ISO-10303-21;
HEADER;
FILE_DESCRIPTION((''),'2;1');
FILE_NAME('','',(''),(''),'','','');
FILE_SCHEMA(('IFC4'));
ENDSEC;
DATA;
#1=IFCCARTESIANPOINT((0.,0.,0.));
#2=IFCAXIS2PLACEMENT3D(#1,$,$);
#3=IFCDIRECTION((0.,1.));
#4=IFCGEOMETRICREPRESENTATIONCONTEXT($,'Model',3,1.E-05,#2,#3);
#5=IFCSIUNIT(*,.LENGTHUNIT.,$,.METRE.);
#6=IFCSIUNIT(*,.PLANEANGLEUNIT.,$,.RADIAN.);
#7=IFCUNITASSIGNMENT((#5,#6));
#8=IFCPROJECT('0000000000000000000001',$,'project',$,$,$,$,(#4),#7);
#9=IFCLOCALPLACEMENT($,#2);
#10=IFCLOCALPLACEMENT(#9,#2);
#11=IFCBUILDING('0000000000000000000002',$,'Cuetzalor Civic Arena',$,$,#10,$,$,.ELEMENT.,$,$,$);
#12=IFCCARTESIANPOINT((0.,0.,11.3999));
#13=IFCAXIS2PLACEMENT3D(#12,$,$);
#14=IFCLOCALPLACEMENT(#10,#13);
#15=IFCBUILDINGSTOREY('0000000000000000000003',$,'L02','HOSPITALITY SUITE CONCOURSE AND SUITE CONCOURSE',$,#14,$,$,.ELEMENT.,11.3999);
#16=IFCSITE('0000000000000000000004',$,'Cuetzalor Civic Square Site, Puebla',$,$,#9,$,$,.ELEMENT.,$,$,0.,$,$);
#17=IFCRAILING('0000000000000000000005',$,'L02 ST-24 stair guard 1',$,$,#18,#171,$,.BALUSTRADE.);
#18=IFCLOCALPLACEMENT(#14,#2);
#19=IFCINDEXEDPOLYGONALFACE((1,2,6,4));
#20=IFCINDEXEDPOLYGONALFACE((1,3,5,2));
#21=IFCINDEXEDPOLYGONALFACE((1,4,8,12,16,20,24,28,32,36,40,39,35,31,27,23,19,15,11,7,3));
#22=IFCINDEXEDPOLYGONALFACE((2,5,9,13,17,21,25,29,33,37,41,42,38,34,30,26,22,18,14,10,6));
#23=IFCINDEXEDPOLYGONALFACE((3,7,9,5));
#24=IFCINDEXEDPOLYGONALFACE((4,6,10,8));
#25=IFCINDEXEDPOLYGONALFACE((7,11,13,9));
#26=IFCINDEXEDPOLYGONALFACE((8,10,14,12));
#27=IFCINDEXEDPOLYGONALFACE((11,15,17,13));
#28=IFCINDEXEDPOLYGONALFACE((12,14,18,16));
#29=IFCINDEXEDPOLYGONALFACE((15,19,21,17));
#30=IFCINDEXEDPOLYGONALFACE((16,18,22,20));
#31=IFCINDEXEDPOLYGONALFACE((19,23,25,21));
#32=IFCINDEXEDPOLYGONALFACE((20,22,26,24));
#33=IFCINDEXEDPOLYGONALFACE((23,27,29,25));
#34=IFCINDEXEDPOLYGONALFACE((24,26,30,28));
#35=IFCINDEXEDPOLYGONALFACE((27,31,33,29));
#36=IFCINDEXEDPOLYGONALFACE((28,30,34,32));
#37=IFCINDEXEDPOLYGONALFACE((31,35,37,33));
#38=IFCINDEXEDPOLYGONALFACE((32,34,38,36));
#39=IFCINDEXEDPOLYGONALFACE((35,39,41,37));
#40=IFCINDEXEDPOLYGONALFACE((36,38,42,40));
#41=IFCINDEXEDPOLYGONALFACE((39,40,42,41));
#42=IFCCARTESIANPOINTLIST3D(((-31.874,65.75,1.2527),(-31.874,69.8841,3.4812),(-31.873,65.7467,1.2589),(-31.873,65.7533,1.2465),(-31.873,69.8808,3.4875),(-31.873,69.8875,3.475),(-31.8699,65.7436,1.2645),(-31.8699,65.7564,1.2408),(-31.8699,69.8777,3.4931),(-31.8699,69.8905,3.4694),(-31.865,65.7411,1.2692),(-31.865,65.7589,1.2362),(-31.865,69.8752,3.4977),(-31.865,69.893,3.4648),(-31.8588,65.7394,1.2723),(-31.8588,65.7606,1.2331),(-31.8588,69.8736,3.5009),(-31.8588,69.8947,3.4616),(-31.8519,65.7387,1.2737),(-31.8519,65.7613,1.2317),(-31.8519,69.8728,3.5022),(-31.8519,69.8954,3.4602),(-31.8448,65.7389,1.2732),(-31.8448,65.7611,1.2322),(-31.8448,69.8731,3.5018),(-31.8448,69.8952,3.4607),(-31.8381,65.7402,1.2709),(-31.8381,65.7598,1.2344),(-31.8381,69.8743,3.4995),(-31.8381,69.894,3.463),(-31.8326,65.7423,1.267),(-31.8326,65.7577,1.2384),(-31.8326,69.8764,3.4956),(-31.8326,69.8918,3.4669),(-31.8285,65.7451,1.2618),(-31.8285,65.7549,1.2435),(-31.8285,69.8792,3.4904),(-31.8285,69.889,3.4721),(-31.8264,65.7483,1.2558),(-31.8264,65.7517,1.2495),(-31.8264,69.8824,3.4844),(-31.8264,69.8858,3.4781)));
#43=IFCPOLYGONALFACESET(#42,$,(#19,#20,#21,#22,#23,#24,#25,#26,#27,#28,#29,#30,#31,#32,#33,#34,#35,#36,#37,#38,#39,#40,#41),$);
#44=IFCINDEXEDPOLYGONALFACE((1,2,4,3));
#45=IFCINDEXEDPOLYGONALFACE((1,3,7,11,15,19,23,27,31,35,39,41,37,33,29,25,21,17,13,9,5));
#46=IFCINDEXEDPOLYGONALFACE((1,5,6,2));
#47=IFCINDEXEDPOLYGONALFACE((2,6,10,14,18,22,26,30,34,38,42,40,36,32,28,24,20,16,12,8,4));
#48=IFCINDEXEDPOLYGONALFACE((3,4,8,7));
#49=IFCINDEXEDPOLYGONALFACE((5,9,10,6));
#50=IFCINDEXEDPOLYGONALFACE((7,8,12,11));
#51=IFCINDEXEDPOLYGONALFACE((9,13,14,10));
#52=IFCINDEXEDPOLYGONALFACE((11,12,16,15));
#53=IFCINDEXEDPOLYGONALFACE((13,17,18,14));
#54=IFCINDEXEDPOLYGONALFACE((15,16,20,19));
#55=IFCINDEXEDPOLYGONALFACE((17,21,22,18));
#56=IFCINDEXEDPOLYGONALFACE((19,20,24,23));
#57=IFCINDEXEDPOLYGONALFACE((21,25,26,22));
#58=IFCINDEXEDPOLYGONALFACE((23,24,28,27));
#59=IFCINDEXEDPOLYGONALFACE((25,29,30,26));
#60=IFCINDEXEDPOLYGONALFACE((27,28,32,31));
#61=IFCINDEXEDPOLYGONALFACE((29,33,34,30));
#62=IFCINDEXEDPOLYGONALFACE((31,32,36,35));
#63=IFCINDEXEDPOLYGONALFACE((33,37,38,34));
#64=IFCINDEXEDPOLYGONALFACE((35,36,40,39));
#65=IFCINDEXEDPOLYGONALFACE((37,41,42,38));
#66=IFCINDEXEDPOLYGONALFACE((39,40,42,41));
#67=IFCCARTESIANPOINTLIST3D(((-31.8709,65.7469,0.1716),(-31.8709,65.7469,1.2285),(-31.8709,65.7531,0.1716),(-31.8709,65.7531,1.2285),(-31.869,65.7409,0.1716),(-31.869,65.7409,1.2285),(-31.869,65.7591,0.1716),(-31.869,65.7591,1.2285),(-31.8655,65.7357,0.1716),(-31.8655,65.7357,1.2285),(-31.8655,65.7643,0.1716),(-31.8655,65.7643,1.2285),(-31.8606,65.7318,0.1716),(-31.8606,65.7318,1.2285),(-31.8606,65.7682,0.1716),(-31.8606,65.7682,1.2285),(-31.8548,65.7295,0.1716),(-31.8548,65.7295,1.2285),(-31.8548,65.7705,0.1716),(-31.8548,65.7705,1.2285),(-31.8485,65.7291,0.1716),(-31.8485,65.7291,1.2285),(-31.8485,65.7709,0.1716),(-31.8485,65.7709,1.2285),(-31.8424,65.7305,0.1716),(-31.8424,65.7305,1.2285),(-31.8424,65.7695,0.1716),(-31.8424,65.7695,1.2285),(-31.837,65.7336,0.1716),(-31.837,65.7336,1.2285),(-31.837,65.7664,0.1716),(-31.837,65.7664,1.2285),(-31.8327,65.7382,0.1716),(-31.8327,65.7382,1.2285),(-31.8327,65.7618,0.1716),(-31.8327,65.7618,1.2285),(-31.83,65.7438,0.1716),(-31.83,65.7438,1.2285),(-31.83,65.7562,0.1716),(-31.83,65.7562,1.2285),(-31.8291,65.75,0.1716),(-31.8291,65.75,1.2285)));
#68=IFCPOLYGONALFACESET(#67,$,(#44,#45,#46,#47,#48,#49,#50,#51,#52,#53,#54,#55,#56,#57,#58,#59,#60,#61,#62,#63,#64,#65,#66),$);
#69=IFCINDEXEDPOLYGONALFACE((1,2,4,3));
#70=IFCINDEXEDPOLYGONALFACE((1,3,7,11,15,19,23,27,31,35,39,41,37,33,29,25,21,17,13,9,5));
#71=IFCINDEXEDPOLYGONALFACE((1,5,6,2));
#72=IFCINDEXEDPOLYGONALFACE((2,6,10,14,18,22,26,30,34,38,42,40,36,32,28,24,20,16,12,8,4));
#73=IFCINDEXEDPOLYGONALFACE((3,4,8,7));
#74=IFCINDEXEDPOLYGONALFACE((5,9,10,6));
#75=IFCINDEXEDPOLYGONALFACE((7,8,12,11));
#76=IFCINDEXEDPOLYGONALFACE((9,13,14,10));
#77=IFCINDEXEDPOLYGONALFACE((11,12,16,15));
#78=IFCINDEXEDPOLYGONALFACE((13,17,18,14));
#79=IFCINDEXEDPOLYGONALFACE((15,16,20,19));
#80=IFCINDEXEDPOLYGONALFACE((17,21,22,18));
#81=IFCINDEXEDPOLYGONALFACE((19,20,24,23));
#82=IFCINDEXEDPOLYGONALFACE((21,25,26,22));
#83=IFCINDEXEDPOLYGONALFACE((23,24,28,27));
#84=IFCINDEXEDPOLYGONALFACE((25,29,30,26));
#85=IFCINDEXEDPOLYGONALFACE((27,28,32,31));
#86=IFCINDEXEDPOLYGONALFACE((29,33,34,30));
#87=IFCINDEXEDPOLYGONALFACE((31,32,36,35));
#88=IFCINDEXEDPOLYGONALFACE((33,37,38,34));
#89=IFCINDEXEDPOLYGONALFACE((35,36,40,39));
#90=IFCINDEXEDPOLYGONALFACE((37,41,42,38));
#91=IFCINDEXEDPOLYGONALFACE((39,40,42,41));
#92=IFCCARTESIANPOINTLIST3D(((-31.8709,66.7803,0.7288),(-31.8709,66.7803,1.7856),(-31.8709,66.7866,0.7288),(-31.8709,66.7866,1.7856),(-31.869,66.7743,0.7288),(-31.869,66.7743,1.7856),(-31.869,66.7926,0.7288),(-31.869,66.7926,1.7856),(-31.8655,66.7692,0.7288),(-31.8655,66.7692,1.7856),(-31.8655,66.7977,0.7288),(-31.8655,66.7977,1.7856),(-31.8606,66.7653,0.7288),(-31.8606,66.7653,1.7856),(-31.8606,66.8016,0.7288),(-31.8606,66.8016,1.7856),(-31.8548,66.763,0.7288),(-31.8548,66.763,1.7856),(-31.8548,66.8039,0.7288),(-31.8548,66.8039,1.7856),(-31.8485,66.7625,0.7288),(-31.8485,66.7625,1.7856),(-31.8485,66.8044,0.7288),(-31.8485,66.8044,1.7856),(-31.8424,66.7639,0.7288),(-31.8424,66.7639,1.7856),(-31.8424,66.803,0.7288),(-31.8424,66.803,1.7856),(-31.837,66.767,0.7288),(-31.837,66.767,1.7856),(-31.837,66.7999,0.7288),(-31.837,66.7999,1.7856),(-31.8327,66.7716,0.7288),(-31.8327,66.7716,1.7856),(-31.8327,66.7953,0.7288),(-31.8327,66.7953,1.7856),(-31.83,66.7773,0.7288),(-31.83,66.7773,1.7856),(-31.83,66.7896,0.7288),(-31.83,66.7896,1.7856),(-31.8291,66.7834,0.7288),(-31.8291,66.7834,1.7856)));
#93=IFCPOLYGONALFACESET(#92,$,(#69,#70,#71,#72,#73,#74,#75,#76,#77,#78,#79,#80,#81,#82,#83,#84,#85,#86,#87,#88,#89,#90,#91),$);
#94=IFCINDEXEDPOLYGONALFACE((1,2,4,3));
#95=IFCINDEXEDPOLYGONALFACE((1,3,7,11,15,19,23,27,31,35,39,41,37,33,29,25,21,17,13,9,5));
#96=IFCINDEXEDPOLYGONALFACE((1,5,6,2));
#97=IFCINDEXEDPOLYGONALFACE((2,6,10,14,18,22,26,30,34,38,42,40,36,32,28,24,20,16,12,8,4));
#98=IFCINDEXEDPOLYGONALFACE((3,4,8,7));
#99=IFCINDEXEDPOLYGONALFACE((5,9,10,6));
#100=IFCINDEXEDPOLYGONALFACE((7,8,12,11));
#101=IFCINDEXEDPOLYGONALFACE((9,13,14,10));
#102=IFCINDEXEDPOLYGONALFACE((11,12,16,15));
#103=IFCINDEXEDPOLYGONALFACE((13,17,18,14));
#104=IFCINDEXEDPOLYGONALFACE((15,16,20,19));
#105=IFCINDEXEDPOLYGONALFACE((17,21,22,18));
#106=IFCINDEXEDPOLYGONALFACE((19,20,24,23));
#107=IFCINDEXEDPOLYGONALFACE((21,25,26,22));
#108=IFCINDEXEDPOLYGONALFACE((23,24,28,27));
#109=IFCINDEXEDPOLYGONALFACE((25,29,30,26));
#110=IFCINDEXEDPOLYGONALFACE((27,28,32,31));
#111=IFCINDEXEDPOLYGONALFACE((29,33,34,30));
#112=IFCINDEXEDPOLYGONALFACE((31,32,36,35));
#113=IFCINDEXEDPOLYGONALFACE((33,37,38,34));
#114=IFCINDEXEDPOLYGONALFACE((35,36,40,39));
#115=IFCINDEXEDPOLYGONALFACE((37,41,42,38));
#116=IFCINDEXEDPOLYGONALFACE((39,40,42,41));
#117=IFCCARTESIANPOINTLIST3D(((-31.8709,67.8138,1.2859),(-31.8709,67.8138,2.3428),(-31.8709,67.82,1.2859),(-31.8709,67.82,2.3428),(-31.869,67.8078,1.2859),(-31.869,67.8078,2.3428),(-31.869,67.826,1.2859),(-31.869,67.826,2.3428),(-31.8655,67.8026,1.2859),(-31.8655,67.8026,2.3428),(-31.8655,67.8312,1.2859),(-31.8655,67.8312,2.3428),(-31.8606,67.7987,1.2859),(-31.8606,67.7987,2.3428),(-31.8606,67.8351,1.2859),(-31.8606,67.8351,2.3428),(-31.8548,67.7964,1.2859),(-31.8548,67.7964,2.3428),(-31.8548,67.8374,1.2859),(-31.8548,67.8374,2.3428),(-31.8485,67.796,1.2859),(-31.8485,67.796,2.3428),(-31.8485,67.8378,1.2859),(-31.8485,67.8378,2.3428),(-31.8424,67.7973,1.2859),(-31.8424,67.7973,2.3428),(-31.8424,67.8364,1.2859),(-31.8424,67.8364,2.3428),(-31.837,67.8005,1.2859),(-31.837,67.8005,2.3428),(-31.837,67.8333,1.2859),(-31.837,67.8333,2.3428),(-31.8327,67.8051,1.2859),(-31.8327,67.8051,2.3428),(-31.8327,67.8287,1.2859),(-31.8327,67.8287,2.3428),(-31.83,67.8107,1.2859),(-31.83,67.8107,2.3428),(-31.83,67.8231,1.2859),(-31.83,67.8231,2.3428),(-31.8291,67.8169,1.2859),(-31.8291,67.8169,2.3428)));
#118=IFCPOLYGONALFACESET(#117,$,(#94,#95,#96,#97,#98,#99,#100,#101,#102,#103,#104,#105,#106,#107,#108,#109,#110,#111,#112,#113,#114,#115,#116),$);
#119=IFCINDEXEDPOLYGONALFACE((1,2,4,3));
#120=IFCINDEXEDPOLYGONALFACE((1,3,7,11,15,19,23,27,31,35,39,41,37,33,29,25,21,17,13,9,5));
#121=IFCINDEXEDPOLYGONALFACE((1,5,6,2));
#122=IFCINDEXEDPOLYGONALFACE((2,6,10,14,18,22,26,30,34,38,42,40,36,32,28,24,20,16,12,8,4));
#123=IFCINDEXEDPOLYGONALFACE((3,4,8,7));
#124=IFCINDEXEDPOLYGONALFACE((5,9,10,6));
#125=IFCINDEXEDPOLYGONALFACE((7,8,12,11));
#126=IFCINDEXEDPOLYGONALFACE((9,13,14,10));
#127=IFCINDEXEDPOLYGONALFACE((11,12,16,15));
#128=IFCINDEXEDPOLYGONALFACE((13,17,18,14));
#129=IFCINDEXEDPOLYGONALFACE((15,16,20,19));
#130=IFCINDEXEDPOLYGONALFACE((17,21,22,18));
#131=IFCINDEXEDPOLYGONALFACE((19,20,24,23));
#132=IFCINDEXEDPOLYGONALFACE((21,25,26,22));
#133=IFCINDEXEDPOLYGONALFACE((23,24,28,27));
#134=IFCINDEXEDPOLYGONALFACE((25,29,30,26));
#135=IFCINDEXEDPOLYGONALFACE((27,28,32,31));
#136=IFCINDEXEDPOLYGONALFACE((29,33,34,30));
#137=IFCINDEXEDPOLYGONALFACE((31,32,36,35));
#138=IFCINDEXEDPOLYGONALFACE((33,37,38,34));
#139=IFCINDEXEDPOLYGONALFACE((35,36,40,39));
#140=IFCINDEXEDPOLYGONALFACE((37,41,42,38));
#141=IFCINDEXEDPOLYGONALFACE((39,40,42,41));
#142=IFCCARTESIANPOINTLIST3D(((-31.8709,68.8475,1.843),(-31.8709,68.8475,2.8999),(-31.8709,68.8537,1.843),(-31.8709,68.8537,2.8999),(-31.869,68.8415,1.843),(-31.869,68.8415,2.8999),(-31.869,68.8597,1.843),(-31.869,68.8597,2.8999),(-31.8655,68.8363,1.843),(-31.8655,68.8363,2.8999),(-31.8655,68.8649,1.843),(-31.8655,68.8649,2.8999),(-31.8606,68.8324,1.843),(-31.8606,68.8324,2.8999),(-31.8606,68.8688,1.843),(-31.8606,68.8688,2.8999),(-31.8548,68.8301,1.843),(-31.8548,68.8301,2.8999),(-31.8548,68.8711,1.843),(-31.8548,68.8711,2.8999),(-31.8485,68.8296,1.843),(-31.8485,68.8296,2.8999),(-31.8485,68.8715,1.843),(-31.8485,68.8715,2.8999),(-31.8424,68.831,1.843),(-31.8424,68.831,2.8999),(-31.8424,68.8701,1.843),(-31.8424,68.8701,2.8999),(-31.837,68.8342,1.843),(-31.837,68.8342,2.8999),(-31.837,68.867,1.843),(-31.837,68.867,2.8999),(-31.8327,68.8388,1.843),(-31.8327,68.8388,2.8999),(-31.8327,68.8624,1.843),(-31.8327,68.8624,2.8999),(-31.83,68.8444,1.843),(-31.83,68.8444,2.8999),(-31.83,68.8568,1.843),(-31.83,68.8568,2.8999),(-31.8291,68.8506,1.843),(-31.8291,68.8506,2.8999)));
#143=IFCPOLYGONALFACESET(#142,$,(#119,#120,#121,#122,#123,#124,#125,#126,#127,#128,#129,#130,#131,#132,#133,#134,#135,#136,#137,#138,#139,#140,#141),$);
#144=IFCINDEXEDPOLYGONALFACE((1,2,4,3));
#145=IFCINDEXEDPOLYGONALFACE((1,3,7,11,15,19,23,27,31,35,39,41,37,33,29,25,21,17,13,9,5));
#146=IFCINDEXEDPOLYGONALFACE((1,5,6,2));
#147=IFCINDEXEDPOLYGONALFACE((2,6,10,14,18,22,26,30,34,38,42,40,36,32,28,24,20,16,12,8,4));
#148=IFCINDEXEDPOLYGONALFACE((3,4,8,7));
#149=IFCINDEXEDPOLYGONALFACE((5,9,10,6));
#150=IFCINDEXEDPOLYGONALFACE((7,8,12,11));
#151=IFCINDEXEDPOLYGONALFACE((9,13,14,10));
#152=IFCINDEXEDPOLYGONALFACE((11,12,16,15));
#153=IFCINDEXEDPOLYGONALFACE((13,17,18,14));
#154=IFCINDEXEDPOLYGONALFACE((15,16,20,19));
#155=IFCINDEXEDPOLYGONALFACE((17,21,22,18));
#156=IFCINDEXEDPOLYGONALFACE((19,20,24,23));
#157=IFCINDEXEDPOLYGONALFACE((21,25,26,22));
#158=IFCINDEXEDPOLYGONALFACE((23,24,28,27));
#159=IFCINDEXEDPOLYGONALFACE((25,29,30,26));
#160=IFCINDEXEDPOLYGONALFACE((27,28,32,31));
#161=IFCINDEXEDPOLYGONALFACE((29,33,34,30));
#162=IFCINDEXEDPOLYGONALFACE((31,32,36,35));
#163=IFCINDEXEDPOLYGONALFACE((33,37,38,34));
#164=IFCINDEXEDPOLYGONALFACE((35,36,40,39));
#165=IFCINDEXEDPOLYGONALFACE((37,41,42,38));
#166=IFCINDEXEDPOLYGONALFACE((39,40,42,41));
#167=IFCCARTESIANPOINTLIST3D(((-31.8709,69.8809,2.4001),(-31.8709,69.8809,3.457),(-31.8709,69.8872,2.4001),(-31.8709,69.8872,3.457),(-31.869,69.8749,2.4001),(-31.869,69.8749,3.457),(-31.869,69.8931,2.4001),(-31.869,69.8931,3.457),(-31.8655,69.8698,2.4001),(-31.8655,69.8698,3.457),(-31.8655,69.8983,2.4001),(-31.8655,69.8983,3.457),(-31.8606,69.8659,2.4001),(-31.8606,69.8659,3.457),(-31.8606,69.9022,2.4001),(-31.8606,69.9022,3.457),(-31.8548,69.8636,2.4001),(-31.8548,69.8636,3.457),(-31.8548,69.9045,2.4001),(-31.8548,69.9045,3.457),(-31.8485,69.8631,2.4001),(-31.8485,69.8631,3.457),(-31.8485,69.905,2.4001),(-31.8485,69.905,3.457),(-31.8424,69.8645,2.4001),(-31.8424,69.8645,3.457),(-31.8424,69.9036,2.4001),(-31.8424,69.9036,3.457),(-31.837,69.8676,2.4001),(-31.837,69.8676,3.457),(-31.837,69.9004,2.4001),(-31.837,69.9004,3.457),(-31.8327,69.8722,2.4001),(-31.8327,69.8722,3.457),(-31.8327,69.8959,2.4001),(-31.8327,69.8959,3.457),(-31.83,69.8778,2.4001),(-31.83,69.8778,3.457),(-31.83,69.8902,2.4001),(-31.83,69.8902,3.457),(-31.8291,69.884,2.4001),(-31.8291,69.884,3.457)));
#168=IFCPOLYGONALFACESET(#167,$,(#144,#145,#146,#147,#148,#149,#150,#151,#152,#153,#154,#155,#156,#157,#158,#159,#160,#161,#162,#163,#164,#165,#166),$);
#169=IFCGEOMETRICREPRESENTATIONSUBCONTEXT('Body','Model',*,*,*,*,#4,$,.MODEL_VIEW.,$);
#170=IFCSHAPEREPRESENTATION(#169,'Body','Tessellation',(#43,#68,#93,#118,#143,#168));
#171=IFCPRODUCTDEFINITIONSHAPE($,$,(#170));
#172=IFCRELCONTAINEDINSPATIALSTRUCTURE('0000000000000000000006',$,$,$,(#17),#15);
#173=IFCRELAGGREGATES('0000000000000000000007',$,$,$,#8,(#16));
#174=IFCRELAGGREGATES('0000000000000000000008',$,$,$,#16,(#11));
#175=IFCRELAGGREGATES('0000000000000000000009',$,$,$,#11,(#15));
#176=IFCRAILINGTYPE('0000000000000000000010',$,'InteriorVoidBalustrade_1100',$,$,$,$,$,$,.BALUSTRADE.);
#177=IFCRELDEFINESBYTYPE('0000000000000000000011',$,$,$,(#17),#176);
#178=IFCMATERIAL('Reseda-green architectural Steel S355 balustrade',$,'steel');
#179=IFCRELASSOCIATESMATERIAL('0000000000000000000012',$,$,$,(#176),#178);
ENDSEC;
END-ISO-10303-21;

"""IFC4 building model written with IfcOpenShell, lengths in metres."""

from ifc_helpers import new_model, si_unit, direction, frame, origin, origin_2d, place, context, subcontext, project, spatial, circle, extrude, material, type_object, element, save


model = new_model("IFC4")

# Units and contexts
model_context = context("Model", 3, precision=1e-05, world=origin(), true_north=direction((0.0, 1.0)))
body_context = subcontext(model_context, "Body", "Model", "MODEL_VIEW")
ifc_project = project(units=[si_unit("LENGTHUNIT", "METRE"), si_unit("PLANEANGLEUNIT", "RADIAN")], contexts=[model_context])

# Site, building, storey
site_placement = place(None, origin())
site = spatial("IfcSite", under=ifc_project, at=site_placement, Name="Cuetzalor Civic Square Site, Puebla", CompositionType="ELEMENT", RefElevation=0.0)
building_placement = place(site_placement, origin())
building = spatial("IfcBuilding", under=site, at=building_placement, Name="Cuetzalor Civic Arena", CompositionType="ELEMENT")
storey_placement = place(building_placement, frame((0.0, 0.0, 11.3999)))
storey = spatial("IfcBuildingStorey", under=building, at=storey_placement, Name="L02", Description="HOSPITALITY SUITE CONCOURSE AND SUITE CONCOURSE", CompositionType="ELEMENT", Elevation=11.3999)

# Railing
ifc_material_1 = material(Name="Reseda-green architectural Steel S355 balustrade", Category="steel")
railing_type = type_object("IfcRailingType", Name="InteriorVoidBalustrade_1100", PredefinedType="BALUSTRADE", material=ifc_material_1)
railing_1_placement = place(storey_placement, frame((-31.8501, 65.75, 0.1716)))
element("IfcRailing", 1, at=railing_1_placement, inside=storey, type_object=railing_type, Name="L02 ST-24 stair guard 1", PredefinedType="BALUSTRADE", context=body_context, shape_type="SweptSolid", body=[
    extrude(circle(Radius=0.0239, at=origin_2d()), frame((0.0, 0.0, 1.0811), z_axis=(0.0, 0.880249, 0.474512), x_axis=(-1.0, 0.0, 0.0)), (0.0, 0.0, 1.0), 4.6965),
    extrude(circle(Radius=0.021, at=origin_2d()), origin(), (0.0, 0.0, 1.0), 1.0569),
    extrude(circle(Radius=0.021, at=origin_2d()), frame((0.0, 1.0334, 0.5571)), (0.0, 0.0, 1.0), 1.0569),
    extrude(circle(Radius=0.021, at=origin_2d()), frame((0.0, 2.0669, 1.1143)), (0.0, 0.0, 1.0), 1.0569),
    extrude(circle(Radius=0.021, at=origin_2d()), frame((0.0, 3.1006, 1.6714)), (0.0, 0.0, 1.0), 1.0569),
    extrude(circle(Radius=0.021, at=origin_2d()), frame((0.0, 4.134, 2.2285)), (0.0, 0.0, 1.0), 1.0569),
])

save(model, "model.ifc")
